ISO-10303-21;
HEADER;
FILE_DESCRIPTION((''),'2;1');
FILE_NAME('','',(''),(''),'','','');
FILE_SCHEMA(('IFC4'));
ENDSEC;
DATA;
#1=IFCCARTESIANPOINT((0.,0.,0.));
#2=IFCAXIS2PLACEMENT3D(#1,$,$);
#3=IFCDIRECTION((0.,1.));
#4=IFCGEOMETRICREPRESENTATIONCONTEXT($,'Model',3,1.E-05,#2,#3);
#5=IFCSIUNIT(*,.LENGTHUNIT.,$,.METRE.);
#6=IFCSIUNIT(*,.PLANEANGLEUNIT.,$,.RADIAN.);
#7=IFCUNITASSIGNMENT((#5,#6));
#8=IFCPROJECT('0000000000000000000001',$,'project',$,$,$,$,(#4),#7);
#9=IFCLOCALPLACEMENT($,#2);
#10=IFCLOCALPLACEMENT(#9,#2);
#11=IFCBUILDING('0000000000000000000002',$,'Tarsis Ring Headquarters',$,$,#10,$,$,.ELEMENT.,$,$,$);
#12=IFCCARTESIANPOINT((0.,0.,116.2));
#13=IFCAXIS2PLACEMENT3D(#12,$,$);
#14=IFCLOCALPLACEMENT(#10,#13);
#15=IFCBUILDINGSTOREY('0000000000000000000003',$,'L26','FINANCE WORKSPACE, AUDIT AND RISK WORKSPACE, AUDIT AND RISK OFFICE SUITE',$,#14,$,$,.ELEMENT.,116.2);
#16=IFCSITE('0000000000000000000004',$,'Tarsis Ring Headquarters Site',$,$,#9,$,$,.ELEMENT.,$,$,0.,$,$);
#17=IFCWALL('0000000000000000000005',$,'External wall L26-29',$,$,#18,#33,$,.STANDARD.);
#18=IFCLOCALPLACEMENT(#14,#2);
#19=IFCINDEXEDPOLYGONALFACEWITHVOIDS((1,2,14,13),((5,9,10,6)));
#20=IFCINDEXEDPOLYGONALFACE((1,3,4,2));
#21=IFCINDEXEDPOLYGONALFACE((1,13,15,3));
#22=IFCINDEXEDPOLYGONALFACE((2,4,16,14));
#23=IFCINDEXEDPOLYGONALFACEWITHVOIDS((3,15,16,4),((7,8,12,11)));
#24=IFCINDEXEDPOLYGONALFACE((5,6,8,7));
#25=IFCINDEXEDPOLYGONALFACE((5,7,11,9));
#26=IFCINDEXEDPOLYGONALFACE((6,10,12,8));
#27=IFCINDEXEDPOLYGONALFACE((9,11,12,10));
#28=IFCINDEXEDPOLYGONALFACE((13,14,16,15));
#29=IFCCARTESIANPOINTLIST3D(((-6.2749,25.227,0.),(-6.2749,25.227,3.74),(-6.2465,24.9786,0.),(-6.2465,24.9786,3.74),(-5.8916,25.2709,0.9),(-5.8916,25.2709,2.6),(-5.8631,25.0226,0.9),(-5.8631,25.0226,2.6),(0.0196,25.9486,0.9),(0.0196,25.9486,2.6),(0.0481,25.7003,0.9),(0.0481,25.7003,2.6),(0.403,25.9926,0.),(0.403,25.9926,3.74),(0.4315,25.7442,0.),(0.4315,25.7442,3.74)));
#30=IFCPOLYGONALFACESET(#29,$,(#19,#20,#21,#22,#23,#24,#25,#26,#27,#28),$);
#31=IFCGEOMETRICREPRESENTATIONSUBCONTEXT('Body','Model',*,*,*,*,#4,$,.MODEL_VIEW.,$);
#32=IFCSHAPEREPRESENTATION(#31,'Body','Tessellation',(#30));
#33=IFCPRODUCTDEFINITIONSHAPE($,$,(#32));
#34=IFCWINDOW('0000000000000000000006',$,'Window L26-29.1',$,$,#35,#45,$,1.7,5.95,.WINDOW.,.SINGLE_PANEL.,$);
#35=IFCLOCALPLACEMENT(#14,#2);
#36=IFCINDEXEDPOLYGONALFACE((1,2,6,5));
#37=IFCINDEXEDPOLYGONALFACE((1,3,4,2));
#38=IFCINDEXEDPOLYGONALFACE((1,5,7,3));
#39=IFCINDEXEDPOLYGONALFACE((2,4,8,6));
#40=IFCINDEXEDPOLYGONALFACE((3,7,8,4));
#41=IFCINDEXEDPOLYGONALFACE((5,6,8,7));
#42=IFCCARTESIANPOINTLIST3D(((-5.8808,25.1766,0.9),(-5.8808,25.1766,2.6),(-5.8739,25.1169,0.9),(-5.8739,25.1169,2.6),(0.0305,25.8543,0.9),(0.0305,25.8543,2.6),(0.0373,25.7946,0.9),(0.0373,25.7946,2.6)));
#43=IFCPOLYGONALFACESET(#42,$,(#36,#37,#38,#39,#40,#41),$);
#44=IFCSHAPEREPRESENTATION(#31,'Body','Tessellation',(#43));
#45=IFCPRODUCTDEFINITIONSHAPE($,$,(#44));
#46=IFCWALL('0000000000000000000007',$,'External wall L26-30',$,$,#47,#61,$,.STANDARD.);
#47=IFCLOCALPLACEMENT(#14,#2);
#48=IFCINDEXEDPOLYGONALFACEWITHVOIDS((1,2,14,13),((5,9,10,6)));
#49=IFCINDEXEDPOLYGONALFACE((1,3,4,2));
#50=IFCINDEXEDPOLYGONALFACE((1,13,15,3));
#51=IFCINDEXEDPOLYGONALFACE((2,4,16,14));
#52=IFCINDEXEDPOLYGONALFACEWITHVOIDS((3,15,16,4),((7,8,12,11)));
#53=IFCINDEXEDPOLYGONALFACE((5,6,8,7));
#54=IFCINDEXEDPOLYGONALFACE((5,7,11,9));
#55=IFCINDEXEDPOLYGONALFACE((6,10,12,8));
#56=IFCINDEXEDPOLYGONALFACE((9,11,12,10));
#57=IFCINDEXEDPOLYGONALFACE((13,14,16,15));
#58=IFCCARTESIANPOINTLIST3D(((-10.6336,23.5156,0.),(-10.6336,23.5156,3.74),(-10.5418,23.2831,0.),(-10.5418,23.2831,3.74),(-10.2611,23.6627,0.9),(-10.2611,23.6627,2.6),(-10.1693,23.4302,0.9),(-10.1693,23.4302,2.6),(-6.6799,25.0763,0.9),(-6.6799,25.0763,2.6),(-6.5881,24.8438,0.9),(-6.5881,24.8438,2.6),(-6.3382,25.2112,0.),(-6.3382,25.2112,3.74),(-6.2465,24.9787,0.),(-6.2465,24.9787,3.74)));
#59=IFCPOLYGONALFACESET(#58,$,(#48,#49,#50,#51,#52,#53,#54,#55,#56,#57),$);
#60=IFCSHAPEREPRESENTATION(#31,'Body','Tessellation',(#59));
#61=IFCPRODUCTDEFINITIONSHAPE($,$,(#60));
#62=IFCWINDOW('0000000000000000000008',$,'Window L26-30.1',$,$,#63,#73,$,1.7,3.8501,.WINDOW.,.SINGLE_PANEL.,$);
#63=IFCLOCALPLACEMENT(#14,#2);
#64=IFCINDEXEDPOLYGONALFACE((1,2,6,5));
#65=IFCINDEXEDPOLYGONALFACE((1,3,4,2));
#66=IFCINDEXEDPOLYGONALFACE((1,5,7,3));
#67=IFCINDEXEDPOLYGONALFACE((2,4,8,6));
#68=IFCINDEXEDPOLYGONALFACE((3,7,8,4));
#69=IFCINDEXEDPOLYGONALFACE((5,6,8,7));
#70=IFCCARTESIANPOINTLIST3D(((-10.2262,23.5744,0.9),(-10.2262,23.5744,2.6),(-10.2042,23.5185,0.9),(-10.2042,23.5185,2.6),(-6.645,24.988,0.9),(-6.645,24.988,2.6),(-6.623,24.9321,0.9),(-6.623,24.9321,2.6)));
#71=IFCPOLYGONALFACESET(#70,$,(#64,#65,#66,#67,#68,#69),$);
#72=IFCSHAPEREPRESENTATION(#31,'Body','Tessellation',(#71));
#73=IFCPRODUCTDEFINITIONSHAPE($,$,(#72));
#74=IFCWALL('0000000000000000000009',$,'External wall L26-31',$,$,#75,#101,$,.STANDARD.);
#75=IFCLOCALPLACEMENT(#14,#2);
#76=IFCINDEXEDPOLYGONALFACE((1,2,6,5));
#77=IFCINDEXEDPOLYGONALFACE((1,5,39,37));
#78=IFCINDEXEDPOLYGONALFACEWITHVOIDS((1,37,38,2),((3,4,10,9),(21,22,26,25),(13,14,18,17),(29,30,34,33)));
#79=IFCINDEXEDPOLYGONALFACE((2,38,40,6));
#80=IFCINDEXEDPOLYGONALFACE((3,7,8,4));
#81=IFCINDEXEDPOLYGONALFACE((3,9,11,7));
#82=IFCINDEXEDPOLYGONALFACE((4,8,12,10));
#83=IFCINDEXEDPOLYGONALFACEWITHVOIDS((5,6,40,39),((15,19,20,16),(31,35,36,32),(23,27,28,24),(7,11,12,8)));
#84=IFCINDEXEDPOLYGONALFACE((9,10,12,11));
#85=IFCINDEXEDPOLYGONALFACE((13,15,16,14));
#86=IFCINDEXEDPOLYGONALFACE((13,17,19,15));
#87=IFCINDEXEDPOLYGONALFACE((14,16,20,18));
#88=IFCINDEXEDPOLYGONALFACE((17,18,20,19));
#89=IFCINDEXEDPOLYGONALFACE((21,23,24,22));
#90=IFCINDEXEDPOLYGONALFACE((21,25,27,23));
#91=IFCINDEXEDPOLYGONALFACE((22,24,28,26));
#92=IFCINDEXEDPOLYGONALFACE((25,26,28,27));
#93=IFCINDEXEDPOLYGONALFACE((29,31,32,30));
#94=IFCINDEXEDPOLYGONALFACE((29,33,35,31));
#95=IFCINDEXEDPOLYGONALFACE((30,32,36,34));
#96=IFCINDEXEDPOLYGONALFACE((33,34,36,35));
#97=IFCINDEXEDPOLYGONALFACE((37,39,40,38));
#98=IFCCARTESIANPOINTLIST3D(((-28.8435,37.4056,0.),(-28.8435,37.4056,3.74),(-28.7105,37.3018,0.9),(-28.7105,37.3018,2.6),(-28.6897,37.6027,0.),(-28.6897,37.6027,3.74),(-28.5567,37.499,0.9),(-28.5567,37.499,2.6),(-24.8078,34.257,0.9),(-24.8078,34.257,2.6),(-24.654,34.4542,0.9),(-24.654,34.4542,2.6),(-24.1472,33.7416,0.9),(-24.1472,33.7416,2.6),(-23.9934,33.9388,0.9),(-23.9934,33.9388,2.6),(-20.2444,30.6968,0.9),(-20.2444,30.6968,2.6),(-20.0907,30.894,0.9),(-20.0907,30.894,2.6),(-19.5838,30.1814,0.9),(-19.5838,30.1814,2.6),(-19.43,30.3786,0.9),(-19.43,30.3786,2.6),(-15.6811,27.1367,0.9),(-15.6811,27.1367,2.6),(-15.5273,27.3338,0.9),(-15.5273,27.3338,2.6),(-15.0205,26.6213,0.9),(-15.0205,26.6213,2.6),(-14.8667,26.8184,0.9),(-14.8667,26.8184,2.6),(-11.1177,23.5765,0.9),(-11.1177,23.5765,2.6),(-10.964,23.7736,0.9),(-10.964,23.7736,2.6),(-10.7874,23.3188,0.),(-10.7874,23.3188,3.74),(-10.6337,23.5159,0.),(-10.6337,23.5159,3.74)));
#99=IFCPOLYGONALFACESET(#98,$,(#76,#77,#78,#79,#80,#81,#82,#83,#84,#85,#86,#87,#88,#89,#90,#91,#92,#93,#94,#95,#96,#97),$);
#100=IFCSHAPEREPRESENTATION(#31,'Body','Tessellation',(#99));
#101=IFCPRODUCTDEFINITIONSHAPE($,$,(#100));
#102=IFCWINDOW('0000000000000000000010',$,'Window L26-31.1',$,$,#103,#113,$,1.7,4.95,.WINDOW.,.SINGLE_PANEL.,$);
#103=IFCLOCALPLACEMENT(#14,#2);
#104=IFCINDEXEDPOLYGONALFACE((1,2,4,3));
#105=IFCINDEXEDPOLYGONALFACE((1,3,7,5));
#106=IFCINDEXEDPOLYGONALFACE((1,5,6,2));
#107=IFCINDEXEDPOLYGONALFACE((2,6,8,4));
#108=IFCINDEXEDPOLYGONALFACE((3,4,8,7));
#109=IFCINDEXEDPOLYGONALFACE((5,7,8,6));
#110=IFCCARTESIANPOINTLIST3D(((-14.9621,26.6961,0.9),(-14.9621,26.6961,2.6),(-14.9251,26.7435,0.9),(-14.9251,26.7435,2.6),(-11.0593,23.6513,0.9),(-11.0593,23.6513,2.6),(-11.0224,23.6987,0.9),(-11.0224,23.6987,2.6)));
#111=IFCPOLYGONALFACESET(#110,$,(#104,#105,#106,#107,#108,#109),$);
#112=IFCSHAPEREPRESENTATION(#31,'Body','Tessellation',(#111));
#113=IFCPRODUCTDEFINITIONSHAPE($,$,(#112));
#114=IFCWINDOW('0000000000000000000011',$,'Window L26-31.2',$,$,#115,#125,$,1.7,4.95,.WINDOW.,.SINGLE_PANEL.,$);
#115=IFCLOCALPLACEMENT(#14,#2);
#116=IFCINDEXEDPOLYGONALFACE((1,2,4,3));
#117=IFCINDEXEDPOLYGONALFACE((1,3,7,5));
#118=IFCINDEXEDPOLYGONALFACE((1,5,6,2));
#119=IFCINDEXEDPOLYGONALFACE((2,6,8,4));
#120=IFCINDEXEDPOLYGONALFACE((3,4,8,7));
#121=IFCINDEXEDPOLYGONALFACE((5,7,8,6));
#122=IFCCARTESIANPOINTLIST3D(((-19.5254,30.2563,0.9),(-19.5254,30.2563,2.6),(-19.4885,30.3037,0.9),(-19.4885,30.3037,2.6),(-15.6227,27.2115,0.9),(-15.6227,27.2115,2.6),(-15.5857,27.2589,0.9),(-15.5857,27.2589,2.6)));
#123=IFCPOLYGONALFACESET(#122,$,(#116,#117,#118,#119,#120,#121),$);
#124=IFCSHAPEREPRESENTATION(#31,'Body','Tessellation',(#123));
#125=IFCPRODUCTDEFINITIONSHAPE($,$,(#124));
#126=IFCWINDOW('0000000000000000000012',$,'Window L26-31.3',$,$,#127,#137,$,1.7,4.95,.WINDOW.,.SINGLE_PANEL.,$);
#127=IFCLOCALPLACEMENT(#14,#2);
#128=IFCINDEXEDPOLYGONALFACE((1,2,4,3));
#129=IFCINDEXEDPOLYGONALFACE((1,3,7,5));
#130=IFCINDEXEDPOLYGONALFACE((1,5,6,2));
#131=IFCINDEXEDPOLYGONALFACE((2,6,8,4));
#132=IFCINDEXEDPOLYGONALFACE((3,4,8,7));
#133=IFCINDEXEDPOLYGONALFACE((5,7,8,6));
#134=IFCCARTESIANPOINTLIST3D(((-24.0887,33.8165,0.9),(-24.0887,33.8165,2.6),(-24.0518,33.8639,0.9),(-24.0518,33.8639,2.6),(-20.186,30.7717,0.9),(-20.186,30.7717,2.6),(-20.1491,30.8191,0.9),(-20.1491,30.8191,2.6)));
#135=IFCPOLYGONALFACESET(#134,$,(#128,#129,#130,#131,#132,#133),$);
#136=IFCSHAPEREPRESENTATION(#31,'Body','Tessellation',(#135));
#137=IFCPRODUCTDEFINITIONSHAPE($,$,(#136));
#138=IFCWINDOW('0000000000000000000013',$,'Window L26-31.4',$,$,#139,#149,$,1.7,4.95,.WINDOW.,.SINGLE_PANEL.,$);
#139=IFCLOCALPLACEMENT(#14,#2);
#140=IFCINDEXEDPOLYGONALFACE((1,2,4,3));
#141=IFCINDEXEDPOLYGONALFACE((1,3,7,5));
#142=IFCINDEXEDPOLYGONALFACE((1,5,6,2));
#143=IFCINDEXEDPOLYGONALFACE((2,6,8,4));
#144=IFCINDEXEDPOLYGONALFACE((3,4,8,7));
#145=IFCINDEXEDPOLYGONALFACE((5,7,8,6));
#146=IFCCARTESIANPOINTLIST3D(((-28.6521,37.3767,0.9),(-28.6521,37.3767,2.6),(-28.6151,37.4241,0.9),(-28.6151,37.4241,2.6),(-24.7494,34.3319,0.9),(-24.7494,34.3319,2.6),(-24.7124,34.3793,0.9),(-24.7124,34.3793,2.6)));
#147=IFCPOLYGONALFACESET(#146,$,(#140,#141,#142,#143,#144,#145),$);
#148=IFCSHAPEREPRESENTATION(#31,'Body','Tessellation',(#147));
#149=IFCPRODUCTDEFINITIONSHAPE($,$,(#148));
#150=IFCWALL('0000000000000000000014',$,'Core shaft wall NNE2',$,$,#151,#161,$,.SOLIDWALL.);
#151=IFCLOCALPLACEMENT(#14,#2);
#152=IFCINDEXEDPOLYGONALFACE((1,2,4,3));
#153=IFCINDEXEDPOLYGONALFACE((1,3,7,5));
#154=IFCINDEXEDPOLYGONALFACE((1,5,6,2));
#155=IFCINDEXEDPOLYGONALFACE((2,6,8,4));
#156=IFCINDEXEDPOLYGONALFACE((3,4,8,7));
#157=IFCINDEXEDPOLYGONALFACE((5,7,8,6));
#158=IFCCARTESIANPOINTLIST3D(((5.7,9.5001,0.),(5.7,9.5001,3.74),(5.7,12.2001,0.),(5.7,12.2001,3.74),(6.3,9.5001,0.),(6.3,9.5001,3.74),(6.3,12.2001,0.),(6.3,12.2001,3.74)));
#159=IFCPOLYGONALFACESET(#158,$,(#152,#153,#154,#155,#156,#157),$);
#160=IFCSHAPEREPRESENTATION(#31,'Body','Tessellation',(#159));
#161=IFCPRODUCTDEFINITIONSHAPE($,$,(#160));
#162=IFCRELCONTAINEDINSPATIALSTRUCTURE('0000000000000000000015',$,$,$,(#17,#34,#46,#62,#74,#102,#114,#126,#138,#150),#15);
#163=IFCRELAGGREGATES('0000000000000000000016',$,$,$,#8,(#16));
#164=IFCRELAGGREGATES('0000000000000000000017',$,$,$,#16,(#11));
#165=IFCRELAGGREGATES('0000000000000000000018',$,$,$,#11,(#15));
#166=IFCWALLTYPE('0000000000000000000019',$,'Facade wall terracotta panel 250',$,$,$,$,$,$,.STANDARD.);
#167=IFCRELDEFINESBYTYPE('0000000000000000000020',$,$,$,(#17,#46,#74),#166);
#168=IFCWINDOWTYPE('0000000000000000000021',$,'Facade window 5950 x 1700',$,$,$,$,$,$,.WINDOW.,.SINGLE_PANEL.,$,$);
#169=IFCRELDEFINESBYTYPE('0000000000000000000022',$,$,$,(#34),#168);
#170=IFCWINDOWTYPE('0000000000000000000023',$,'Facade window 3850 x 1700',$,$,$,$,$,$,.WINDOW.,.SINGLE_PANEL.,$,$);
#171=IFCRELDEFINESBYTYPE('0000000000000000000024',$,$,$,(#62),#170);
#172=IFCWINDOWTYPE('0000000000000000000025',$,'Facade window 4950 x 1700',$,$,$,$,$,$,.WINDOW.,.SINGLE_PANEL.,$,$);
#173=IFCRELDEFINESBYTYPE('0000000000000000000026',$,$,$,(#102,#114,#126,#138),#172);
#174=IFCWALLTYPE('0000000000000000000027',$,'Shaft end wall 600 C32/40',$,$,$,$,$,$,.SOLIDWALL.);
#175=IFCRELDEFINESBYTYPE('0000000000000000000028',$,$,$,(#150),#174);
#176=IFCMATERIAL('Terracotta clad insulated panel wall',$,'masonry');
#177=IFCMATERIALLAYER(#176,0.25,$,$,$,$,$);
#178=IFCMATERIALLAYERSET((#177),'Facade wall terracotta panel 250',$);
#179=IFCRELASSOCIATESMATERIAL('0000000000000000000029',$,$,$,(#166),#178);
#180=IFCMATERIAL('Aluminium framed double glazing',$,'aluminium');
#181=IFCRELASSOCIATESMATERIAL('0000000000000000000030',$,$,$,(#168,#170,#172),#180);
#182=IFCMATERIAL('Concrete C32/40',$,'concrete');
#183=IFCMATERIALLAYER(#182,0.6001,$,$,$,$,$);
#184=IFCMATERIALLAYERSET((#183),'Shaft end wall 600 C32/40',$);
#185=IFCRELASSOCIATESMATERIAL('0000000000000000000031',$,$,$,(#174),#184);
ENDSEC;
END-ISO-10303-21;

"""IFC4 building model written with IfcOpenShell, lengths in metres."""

from ifc_helpers import new_model, si_unit, direction, frame, frame_2d, origin, place, context, subcontext, project, spatial, rectangle, extrude, material, layer, layer_set, type_object, element, fill, save


model = new_model("IFC4")

# Units and contexts
model_context = context("Model", 3, precision=1e-05, world=origin(), true_north=direction((0.0, 1.0)))
body_context = subcontext(model_context, "Body", "Model", "MODEL_VIEW")
ifc_project = project(units=[si_unit("LENGTHUNIT", "METRE"), si_unit("PLANEANGLEUNIT", "RADIAN")], contexts=[model_context])

# Site, building, storey
site_placement = place(None, origin())
site = spatial("IfcSite", under=ifc_project, at=site_placement, Name="Tarsis Ring Headquarters Site", CompositionType="ELEMENT", RefElevation=0.0)
building_placement = place(site_placement, origin())
building = spatial("IfcBuilding", under=site, at=building_placement, Name="Tarsis Ring Headquarters", CompositionType="ELEMENT")
storey_placement = place(building_placement, frame((0.0, 0.0, 116.2)))
storey = spatial("IfcBuildingStorey", under=building, at=storey_placement, Name="L26", Description="FINANCE WORKSPACE, AUDIT AND RISK WORKSPACE, AUDIT AND RISK OFFICE SUITE", CompositionType="ELEMENT", Elevation=116.2)

# Walls, openings, windows
ifc_material_1 = material(Name="Terracotta clad insulated panel wall", Category="masonry")
ifc_layer_1 = layer(ifc_material_1, 0.25)
ifc_layer_set_1 = layer_set([ifc_layer_1], Name="Facade wall terracotta panel 250")
wall_type_1 = type_object("IfcWallType", Name="Facade wall terracotta panel 250", PredefinedType="STANDARD", material=ifc_layer_set_1)
wall_1_placement = place(storey_placement, frame((0.4172, 25.8684, 0.0), z_axis=(0.0, 0.0, 1.0), x_axis=(-0.993492, -0.113903, 0.0)))
wall_1 = element("IfcWall", 1, at=wall_1_placement, inside=storey, type_object=wall_type_1, Name="External wall L26-29", PredefinedType="STANDARD", context=body_context, shape_type="SweptSolid", body=[
    extrude(rectangle(XDim=6.7217, YDim=0.25, at=frame_2d((3.3608, 0.0))), origin(), (0.0, 0.0, 1.0), 3.74),
])
opening_1_placement = place(wall_1_placement, frame((0.3857, 0.0, 0.8999)))
opening_1 = element("IfcOpeningElement", 2, at=opening_1_placement, cuts=wall_1, PredefinedType="OPENING", context=body_context, shape_type="SweptSolid", body=[
    extrude(rectangle(XDim=5.95, YDim=1.7, at=frame_2d((2.9751, 0.8501))), frame((0.0, 0.135, 0.0), z_axis=(0.0, -1.0, 0.0), x_axis=(1.0, 0.0, 0.0)), (0.0, 0.0, 1.0), 0.27),
])
ifc_material_2 = material(Name="Aluminium framed double glazing", Category="aluminium")
window_type_1 = type_object("IfcWindowType", Name="Facade window 5950 x 1700", PartitioningType="SINGLE_PANEL", PredefinedType="WINDOW", material=ifc_material_2)
window_1_placement = place(opening_1_placement, origin())
window_1 = element("IfcWindow", 3, at=window_1_placement, inside=storey, type_object=window_type_1, Name="Window L26-29.1", OverallHeight=1.7, OverallWidth=5.95, PartitioningType="SINGLE_PANEL", PredefinedType="WINDOW", context=body_context, shape_type="SweptSolid", body=[
    extrude(rectangle(XDim=5.95, YDim=1.7, at=frame_2d((2.9751, 0.8501))), frame((0.0, 0.03, 0.0), z_axis=(0.0, -1.0, 0.0), x_axis=(1.0, 0.0, 0.0)), (0.0, 0.0, 1.0), 0.0601),
])
fill(opening_1, window_1)
wall_2_placement = place(storey_placement, frame((-6.2922, 25.095, 0.0), z_axis=(0.0, 0.0, 1.0), x_axis=(-0.930155, -0.367167, 0.0)))
wall_2 = element("IfcWall", 4, at=wall_2_placement, inside=storey, type_object=wall_type_1, Name="External wall L26-30", PredefinedType="STANDARD", context=body_context, shape_type="SweptSolid", body=[
    extrude(rectangle(XDim=4.6179, YDim=0.25, at=frame_2d((2.3091, 0.0))), origin(), (0.0, 0.0, 1.0), 3.74),
])
opening_2_placement = place(wall_2_placement, frame((0.3674, 0.0, 0.8999)))
opening_2 = element("IfcOpeningElement", 5, at=opening_2_placement, cuts=wall_2, PredefinedType="OPENING", context=body_context, shape_type="SweptSolid", body=[
    extrude(rectangle(XDim=3.8501, YDim=1.7, at=frame_2d((1.925, 0.8501))), frame((0.0, 0.135, 0.0), z_axis=(0.0, -1.0, 0.0), x_axis=(1.0, 0.0, 0.0)), (0.0, 0.0, 1.0), 0.27),
])
window_type_2 = type_object("IfcWindowType", Name="Facade window 3850 x 1700", PartitioningType="SINGLE_PANEL", PredefinedType="WINDOW", material=ifc_material_2)
window_2_placement = place(opening_2_placement, origin())
window_2 = element("IfcWindow", 6, at=window_2_placement, inside=storey, type_object=window_type_2, Name="Window L26-30.1", OverallHeight=1.7, OverallWidth=3.8501, PartitioningType="SINGLE_PANEL", PredefinedType="WINDOW", context=body_context, shape_type="SweptSolid", body=[
    extrude(rectangle(XDim=3.8501, YDim=1.7, at=frame_2d((1.925, 0.8501))), frame((0.0, 0.03, 0.0), z_axis=(0.0, -1.0, 0.0), x_axis=(1.0, 0.0, 0.0)), (0.0, 0.0, 1.0), 0.0601),
])
fill(opening_2, window_2)

# Wall, openings, windows
wall_3_placement = place(storey_placement, frame((-10.7104, 23.4172, 0.0), z_axis=(0.0, 0.0, 1.0), x_axis=(-0.788436, 0.615116, 0.0)))
wall_3 = element("IfcWall", 7, at=wall_3_placement, inside=storey, type_object=wall_type_1, Name="External wall L26-31", PredefinedType="STANDARD", context=body_context, shape_type="SweptSolid", body=[
    extrude(rectangle(XDim=22.9011, YDim=0.25, at=frame_2d((11.4507, 0.0))), origin(), (0.0, 0.0, 1.0), 3.74),
])
opening_3_placement = place(wall_3_placement, frame((0.4189, 0.0, 0.8999)))
opening_3 = element("IfcOpeningElement", 8, at=opening_3_placement, cuts=wall_3, PredefinedType="OPENING", context=body_context, shape_type="SweptSolid", body=[
    extrude(rectangle(XDim=4.95, YDim=1.7, at=frame_2d((2.4751, 0.8501))), frame((0.0, 0.135, 0.0), z_axis=(0.0, -1.0, 0.0), x_axis=(1.0, 0.0, 0.0)), (0.0, 0.0, 1.0), 0.27),
])
opening_4_placement = place(wall_3_placement, frame((6.2068, 0.0, 0.8999)))
opening_4 = element("IfcOpeningElement", 9, at=opening_4_placement, cuts=wall_3, PredefinedType="OPENING", context=body_context, shape_type="SweptSolid", body=[
    extrude(rectangle(XDim=4.95, YDim=1.7, at=frame_2d((2.4751, 0.8501))), frame((0.0, 0.135, 0.0), z_axis=(0.0, -1.0, 0.0), x_axis=(1.0, 0.0, 0.0)), (0.0, 0.0, 1.0), 0.27),
])
opening_5_placement = place(wall_3_placement, frame((11.9946, 0.0, 0.8999)))
opening_5 = element("IfcOpeningElement", 10, at=opening_5_placement, cuts=wall_3, PredefinedType="OPENING", context=body_context, shape_type="SweptSolid", body=[
    extrude(rectangle(XDim=4.95, YDim=1.7, at=frame_2d((2.4751, 0.8501))), frame((0.0, 0.135, 0.0), z_axis=(0.0, -1.0, 0.0), x_axis=(1.0, 0.0, 0.0)), (0.0, 0.0, 1.0), 0.27),
])
opening_6_placement = place(wall_3_placement, frame((17.7825, 0.0, 0.8999)))
opening_6 = element("IfcOpeningElement", 11, at=opening_6_placement, cuts=wall_3, PredefinedType="OPENING", context=body_context, shape_type="SweptSolid", body=[
    extrude(rectangle(XDim=4.95, YDim=1.7, at=frame_2d((2.4751, 0.8501))), frame((0.0, 0.135, 0.0), z_axis=(0.0, -1.0, 0.0), x_axis=(1.0, 0.0, 0.0)), (0.0, 0.0, 1.0), 0.27),
])
window_type_3 = type_object("IfcWindowType", Name="Facade window 4950 x 1700", PartitioningType="SINGLE_PANEL", PredefinedType="WINDOW", material=ifc_material_2)
window_3_placement = place(opening_3_placement, origin())
window_3 = element("IfcWindow", 12, at=window_3_placement, inside=storey, type_object=window_type_3, Name="Window L26-31.1", OverallHeight=1.7, OverallWidth=4.95, PartitioningType="SINGLE_PANEL", PredefinedType="WINDOW", context=body_context, shape_type="SweptSolid", body=[
    extrude(rectangle(XDim=4.95, YDim=1.7, at=frame_2d((2.4751, 0.8501))), frame((0.0, 0.03, 0.0), z_axis=(0.0, -1.0, 0.0), x_axis=(1.0, 0.0, 0.0)), (0.0, 0.0, 1.0), 0.0601),
])
fill(opening_3, window_3)
window_4_placement = place(opening_4_placement, origin())
window_4 = element("IfcWindow", 13, at=window_4_placement, inside=storey, type_object=window_type_3, Name="Window L26-31.2", OverallHeight=1.7, OverallWidth=4.95, PartitioningType="SINGLE_PANEL", PredefinedType="WINDOW", context=body_context, shape_type="SweptSolid", body=[
    extrude(rectangle(XDim=4.95, YDim=1.7, at=frame_2d((2.4751, 0.8501))), frame((0.0, 0.03, 0.0), z_axis=(0.0, -1.0, 0.0), x_axis=(1.0, 0.0, 0.0)), (0.0, 0.0, 1.0), 0.0601),
])
fill(opening_4, window_4)
window_5_placement = place(opening_5_placement, origin())
window_5 = element("IfcWindow", 14, at=window_5_placement, inside=storey, type_object=window_type_3, Name="Window L26-31.3", OverallHeight=1.7, OverallWidth=4.95, PartitioningType="SINGLE_PANEL", PredefinedType="WINDOW", context=body_context, shape_type="SweptSolid", body=[
    extrude(rectangle(XDim=4.95, YDim=1.7, at=frame_2d((2.4751, 0.8501))), frame((0.0, 0.03, 0.0), z_axis=(0.0, -1.0, 0.0), x_axis=(1.0, 0.0, 0.0)), (0.0, 0.0, 1.0), 0.0601),
])
fill(opening_5, window_5)
window_6_placement = place(opening_6_placement, origin())
window_6 = element("IfcWindow", 15, at=window_6_placement, inside=storey, type_object=window_type_3, Name="Window L26-31.4", OverallHeight=1.7, OverallWidth=4.95, PartitioningType="SINGLE_PANEL", PredefinedType="WINDOW", context=body_context, shape_type="SweptSolid", body=[
    extrude(rectangle(XDim=4.95, YDim=1.7, at=frame_2d((2.4751, 0.8501))), frame((0.0, 0.03, 0.0), z_axis=(0.0, -1.0, 0.0), x_axis=(1.0, 0.0, 0.0)), (0.0, 0.0, 1.0), 0.0601),
])
fill(opening_6, window_6)

# Wall
ifc_material_3 = material(Name="Concrete C32/40", Category="concrete")
ifc_layer_2 = layer(ifc_material_3, 0.6001)
ifc_layer_set_2 = layer_set([ifc_layer_2], Name="Shaft end wall 600 C32/40")
wall_type_2 = type_object("IfcWallType", Name="Shaft end wall 600 C32/40", PredefinedType="SOLIDWALL", material=ifc_layer_set_2)
wall_4_placement = place(storey_placement, frame((6.0, 9.5, 0.0), z_axis=(0.0, 0.0, 1.0), x_axis=(0.0, 1.0, 0.0)))
element("IfcWall", 16, at=wall_4_placement, inside=storey, type_object=wall_type_2, Name="Core shaft wall NNE2", PredefinedType="SOLIDWALL", context=body_context, shape_type="SweptSolid", body=[
    extrude(rectangle(XDim=2.7, YDim=0.6001, at=frame_2d((1.3501, 0.0))), origin(), (0.0, 0.0, 1.0), 3.74),
])

save(model, "model.ifc")
